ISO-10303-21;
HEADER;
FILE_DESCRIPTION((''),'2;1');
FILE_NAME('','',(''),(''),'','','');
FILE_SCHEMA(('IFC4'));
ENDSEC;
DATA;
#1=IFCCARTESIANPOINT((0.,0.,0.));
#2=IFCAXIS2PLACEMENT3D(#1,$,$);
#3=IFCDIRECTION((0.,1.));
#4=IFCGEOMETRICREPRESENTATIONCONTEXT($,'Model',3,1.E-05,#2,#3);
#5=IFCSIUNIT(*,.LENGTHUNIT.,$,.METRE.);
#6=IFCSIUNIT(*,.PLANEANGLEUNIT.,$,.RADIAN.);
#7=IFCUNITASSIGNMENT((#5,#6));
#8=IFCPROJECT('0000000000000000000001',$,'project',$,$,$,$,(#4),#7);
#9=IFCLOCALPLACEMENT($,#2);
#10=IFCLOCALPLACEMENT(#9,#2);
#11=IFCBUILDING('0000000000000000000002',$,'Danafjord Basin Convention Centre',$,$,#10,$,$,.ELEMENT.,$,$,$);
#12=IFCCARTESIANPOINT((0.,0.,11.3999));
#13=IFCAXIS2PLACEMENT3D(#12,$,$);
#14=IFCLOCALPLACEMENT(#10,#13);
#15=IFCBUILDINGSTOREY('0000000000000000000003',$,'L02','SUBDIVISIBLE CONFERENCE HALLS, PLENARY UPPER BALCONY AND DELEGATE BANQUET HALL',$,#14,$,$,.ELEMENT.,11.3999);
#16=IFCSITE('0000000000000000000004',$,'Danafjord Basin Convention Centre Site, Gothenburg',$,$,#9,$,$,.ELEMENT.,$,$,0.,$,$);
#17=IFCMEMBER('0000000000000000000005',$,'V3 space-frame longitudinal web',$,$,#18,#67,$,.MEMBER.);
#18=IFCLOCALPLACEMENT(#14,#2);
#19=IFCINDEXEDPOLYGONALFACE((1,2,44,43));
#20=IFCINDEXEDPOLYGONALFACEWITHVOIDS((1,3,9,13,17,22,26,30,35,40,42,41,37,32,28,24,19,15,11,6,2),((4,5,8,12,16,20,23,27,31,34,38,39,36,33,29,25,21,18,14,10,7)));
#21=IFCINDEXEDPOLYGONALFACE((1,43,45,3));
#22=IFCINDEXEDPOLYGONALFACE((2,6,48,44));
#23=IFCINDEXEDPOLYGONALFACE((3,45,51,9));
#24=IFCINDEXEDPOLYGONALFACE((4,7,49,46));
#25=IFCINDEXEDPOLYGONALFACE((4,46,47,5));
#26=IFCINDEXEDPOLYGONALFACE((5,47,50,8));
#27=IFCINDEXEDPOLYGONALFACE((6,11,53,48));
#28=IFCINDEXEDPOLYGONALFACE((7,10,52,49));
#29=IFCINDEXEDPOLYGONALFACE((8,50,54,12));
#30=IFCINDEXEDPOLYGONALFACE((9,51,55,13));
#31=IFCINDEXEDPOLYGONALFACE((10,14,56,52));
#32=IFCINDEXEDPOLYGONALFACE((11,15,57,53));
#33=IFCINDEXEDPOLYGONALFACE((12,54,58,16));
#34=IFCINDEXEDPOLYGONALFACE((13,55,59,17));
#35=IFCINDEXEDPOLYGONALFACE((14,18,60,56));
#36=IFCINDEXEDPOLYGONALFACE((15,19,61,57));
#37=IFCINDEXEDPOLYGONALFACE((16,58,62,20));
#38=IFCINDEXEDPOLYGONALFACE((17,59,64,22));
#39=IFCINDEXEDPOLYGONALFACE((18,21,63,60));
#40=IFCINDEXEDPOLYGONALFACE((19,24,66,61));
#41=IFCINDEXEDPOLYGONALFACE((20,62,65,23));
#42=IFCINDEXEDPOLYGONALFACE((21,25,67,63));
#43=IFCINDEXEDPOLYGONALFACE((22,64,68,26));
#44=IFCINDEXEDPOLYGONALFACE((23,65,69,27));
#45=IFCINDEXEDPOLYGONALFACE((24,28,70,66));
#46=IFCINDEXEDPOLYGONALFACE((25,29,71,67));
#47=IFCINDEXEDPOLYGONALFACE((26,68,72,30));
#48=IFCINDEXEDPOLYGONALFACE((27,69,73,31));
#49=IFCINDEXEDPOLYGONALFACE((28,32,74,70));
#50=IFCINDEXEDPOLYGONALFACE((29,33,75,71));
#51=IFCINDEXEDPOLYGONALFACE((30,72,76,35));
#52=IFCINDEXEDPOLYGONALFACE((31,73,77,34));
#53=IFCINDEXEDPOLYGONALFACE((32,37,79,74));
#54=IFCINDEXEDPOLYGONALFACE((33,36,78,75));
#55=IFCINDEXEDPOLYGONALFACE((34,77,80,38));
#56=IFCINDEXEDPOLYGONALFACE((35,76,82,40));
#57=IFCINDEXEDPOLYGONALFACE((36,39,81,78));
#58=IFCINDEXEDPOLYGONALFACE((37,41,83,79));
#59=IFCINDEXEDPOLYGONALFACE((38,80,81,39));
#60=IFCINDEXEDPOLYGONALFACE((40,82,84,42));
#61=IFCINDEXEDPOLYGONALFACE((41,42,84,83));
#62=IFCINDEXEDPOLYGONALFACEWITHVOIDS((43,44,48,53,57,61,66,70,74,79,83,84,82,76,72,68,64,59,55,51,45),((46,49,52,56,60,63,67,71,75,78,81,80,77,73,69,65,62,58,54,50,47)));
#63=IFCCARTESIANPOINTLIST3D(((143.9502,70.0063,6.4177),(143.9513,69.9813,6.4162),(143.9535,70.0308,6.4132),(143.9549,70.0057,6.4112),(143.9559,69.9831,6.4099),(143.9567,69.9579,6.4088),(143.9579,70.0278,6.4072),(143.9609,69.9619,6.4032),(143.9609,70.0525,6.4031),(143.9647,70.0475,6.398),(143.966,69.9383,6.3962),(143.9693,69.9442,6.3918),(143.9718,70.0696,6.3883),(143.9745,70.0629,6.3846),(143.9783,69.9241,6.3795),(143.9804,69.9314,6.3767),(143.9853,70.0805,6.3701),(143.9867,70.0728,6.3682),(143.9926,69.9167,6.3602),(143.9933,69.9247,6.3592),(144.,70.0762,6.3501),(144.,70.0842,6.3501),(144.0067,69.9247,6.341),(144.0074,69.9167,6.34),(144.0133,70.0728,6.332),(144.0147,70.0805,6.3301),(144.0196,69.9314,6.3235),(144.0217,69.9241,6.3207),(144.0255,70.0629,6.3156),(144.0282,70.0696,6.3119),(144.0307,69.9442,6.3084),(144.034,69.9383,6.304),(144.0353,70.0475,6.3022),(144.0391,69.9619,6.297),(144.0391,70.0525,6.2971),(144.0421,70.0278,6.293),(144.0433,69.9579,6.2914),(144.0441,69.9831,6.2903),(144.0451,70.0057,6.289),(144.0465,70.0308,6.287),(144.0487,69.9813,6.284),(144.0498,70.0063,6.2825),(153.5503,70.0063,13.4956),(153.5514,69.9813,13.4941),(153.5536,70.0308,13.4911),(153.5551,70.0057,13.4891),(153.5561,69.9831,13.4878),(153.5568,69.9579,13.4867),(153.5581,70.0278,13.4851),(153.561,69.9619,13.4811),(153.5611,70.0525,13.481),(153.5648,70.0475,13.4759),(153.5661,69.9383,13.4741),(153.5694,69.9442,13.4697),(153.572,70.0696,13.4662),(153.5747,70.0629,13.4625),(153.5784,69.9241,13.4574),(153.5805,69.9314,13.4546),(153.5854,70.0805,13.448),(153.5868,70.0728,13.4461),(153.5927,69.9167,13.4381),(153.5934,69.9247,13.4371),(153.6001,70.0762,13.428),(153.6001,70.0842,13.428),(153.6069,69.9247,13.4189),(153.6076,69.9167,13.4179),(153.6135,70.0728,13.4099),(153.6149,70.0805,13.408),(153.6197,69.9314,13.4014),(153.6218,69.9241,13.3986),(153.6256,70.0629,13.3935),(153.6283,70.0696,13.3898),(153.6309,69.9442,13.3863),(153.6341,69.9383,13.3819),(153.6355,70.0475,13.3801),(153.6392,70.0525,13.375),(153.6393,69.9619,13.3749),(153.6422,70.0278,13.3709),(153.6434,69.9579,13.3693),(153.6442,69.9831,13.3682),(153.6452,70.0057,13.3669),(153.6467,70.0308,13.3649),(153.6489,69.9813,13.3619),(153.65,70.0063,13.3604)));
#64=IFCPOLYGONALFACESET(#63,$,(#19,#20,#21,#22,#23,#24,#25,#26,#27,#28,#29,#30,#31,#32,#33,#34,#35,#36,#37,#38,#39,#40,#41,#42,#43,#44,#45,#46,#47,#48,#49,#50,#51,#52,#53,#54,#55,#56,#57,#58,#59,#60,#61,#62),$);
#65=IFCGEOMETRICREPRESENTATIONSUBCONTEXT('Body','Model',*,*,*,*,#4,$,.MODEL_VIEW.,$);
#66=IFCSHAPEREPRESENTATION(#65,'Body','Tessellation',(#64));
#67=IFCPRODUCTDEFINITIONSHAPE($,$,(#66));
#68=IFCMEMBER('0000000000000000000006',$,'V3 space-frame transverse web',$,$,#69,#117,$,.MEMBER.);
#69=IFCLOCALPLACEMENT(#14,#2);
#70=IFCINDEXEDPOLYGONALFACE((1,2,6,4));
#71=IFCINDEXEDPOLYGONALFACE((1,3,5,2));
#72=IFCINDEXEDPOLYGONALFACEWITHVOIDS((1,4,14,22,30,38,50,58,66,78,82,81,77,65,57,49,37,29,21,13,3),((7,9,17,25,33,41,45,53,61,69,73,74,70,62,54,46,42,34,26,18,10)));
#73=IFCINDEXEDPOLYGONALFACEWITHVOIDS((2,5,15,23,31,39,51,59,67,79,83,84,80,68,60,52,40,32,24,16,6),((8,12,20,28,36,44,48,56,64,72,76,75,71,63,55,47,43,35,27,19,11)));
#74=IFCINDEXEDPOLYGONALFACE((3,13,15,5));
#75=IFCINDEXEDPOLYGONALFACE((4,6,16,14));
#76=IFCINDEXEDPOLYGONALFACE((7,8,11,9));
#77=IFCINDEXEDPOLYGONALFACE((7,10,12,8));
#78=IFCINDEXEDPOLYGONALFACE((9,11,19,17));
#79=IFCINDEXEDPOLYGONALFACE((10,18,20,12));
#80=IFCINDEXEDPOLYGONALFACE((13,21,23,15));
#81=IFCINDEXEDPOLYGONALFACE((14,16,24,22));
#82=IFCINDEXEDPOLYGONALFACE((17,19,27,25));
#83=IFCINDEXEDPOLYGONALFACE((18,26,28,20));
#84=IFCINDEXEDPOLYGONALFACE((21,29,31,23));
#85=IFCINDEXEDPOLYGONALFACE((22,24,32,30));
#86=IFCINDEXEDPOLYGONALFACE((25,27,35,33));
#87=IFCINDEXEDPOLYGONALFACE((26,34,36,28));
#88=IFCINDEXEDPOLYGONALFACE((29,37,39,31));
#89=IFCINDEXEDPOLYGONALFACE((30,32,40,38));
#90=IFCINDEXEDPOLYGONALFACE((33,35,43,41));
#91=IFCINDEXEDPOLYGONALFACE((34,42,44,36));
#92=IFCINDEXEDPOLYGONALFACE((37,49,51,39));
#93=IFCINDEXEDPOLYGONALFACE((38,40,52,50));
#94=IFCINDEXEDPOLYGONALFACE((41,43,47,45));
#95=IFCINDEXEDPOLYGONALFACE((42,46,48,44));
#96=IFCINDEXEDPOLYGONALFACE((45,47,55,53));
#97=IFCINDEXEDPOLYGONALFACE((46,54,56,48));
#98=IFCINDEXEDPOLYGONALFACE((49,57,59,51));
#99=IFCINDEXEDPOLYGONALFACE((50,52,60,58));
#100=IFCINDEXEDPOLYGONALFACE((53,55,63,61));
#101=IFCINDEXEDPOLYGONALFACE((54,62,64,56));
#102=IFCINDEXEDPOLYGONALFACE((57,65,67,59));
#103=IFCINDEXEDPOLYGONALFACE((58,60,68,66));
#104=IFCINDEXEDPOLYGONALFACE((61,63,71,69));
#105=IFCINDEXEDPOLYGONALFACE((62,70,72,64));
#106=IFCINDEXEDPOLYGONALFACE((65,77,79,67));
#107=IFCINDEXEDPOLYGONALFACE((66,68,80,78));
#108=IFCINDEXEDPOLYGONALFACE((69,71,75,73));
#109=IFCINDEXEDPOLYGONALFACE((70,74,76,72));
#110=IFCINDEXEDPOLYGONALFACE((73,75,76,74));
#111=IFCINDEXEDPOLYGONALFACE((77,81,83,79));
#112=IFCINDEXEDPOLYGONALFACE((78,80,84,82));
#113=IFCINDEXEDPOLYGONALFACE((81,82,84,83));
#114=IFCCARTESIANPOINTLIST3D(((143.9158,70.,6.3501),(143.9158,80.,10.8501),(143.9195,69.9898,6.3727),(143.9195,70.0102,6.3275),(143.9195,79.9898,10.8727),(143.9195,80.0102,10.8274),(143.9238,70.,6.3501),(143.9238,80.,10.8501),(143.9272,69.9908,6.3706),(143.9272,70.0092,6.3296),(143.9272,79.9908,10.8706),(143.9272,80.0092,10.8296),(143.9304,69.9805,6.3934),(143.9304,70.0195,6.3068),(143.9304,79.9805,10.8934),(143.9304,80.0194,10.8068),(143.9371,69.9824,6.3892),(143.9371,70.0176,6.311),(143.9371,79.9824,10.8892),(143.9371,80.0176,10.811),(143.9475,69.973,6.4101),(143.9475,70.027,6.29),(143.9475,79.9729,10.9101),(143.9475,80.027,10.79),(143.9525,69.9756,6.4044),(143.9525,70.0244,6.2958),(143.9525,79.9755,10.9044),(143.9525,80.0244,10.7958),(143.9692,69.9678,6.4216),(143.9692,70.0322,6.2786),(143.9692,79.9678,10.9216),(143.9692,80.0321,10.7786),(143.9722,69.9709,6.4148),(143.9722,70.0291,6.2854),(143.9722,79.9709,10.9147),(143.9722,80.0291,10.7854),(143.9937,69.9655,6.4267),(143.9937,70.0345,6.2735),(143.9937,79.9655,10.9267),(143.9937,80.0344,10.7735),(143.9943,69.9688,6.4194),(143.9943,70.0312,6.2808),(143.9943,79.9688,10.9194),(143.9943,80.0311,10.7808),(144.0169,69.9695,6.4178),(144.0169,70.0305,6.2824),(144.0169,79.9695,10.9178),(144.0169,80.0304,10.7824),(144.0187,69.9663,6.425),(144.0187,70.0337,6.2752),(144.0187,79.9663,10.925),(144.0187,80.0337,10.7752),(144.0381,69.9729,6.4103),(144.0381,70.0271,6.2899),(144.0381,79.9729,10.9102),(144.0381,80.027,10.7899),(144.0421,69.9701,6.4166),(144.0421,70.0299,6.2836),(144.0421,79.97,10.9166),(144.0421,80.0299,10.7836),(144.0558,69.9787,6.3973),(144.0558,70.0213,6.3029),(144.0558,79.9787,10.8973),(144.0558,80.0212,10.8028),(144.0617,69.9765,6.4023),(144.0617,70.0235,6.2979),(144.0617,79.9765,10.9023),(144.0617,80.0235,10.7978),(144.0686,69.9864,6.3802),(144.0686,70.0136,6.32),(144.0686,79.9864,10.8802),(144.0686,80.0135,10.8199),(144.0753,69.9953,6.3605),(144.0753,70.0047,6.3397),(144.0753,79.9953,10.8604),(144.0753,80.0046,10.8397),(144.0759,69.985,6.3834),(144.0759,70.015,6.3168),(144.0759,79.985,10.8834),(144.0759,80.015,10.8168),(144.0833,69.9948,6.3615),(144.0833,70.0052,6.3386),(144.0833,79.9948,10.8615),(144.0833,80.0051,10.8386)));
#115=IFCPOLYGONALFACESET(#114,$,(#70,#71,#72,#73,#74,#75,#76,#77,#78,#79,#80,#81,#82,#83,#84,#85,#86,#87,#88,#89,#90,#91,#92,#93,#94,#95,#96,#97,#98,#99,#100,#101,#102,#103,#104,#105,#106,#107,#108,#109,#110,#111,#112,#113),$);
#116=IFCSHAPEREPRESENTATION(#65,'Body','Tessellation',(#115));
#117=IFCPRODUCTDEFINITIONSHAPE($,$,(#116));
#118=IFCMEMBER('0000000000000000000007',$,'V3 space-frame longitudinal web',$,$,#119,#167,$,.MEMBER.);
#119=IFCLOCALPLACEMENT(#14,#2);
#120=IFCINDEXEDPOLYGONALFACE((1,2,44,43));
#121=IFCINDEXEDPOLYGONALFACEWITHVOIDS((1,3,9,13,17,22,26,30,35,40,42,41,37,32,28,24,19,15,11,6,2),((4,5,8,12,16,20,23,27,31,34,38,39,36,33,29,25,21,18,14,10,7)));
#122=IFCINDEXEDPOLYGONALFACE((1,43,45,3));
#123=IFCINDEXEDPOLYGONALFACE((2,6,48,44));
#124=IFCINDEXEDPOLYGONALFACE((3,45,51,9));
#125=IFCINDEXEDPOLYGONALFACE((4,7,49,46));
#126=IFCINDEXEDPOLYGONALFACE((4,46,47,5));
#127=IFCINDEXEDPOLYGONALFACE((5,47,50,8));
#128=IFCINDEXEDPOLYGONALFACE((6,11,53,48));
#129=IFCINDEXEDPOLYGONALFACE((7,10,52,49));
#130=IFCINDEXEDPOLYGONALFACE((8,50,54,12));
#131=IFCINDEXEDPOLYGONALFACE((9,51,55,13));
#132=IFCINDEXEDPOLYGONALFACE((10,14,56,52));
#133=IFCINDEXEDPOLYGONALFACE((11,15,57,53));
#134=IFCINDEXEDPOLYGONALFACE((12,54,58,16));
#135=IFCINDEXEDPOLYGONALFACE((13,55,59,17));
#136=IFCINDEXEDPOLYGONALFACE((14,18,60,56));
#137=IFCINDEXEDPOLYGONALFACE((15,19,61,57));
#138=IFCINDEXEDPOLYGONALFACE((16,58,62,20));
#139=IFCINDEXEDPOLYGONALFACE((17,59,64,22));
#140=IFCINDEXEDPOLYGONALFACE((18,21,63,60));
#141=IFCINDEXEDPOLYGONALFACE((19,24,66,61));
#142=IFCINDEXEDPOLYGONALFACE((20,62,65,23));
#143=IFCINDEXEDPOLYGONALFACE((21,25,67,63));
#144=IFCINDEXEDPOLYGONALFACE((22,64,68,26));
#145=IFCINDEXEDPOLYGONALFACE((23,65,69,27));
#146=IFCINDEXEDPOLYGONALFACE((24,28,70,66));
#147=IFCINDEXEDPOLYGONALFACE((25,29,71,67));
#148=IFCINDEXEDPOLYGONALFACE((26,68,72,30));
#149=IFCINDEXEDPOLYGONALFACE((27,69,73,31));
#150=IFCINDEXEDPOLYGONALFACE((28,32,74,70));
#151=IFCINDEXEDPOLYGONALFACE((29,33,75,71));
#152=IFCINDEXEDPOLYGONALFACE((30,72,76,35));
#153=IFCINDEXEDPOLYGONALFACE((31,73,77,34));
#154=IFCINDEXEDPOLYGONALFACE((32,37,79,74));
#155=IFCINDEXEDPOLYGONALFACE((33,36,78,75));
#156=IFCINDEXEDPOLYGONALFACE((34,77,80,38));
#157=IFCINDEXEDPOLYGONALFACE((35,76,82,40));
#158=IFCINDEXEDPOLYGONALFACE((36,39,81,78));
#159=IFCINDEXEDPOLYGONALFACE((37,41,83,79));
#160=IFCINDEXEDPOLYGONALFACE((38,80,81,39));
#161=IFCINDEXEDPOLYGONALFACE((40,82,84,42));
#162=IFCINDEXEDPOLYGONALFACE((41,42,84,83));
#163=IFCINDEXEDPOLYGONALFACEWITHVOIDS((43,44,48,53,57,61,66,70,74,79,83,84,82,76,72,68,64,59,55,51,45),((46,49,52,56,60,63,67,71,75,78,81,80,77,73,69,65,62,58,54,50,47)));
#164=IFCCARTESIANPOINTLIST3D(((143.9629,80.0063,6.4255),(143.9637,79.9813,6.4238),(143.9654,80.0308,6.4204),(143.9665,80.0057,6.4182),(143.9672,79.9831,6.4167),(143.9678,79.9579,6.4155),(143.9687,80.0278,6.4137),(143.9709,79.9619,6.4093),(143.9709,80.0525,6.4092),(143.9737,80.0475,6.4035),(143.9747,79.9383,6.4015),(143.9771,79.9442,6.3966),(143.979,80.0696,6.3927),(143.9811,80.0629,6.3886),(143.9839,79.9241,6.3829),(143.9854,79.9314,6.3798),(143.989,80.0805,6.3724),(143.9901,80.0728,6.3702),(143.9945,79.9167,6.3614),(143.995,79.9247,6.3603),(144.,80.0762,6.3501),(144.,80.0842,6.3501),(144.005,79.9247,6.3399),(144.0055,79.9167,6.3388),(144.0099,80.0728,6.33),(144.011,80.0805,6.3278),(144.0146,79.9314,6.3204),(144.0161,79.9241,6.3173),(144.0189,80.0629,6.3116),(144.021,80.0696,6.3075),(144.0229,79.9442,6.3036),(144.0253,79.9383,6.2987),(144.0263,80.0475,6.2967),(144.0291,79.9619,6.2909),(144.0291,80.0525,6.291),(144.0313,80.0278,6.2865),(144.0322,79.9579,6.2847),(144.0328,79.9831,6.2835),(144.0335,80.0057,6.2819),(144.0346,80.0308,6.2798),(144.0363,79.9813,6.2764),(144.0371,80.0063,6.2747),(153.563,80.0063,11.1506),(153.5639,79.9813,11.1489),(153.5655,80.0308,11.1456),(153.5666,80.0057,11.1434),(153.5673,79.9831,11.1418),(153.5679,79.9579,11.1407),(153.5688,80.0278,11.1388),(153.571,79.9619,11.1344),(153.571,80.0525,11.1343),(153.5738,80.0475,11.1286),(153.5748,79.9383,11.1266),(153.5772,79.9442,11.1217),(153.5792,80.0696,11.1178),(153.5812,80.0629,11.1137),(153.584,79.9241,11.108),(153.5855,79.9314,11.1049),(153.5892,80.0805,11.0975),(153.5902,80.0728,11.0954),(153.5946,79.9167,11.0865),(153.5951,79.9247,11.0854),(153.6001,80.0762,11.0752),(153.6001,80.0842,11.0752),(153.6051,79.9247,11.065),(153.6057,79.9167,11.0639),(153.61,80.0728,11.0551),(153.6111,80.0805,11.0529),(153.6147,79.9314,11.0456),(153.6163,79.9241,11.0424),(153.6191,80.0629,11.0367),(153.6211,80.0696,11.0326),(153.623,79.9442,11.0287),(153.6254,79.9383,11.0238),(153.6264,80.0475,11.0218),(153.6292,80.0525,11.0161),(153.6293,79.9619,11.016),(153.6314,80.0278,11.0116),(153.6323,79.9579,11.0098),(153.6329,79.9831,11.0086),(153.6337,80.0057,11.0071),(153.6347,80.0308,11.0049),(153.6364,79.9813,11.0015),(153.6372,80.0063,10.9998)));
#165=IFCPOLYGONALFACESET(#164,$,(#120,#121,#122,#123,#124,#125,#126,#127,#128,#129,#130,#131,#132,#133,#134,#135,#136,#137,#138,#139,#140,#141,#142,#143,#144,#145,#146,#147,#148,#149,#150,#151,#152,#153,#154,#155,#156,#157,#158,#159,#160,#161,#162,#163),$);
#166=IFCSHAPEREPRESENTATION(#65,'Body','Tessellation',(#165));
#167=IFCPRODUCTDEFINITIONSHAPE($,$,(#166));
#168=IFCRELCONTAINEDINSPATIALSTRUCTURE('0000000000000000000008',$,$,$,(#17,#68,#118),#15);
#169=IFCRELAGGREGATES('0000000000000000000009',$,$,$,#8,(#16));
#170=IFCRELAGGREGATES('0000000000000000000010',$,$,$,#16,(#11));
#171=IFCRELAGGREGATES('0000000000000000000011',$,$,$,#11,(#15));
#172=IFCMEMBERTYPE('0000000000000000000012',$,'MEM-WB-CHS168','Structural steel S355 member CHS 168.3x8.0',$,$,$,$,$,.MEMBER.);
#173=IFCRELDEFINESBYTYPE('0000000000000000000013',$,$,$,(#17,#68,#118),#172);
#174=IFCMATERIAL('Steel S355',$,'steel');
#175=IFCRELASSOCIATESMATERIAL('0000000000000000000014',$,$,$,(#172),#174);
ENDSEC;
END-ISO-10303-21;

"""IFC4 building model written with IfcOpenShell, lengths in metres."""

from ifc_helpers import new_model, si_unit, direction, frame, origin, origin_2d, place, context, subcontext, project, spatial, hollow_circle, extrude, material, material_profile, profile_set, type_object, element, save


model = new_model("IFC4")

# Units and contexts
model_context = context("Model", 3, precision=1e-05, world=origin(), true_north=direction((0.0, 1.0)))
body_context = subcontext(model_context, "Body", "Model", "MODEL_VIEW")
ifc_project = project(units=[si_unit("LENGTHUNIT", "METRE"), si_unit("PLANEANGLEUNIT", "RADIAN")], contexts=[model_context])

# Site, building, storey
site_placement = place(None, origin())
site = spatial("IfcSite", under=ifc_project, at=site_placement, Name="Danafjord Basin Convention Centre Site, Gothenburg", CompositionType="ELEMENT", RefElevation=0.0)
building_placement = place(site_placement, origin())
building = spatial("IfcBuilding", under=site, at=building_placement, Name="Danafjord Basin Convention Centre", CompositionType="ELEMENT")
storey_placement = place(building_placement, frame((0.0, 0.0, 11.3999)))
storey = spatial("IfcBuildingStorey", under=building, at=storey_placement, Name="L02", Description="SUBDIVISIBLE CONFERENCE HALLS, PLENARY UPPER BALCONY AND DELEGATE BANQUET HALL", CompositionType="ELEMENT", Elevation=11.3999)

# Shared definitions
ifc_material = material(Name="Steel S355", Category="steel")

# Members
ifc_material_profile_1 = material_profile(ifc_material, hollow_circle(Radius=0.0842, WallThickness=0.0081, at=origin_2d()), Name="CHS 168.3x8.0")
ifc_profile_set_1 = profile_set([ifc_material_profile_1], Name="Steel S355")
member_type_1 = type_object("IfcMemberType", Name="MEM-WB-CHS168", Description="Structural steel S355 member CHS 168.3x8.0", PredefinedType="MEMBER", material=ifc_profile_set_1)
member_1_placement = place(storey_placement, frame((144.0, 70.0, 6.3501), z_axis=(0.804891, 0.0, 0.593423), x_axis=(0.0, 1.0, 0.0)))
element("IfcMember", 1, at=member_1_placement, inside=storey, type_object=member_type_1, Name="V3 space-frame longitudinal web", PredefinedType="MEMBER", context=body_context, shape_type="SweptSolid", body=[
    extrude(hollow_circle(Radius=0.0842, WallThickness=0.0081, at=origin_2d()), origin(), (0.0, 0.0, 1.0), 11.9272),
])
member_2_placement = place(storey_placement, frame((144.0, 70.0, 6.3501), z_axis=(0.0, 0.911922, 0.410365), x_axis=(-1.0, 0.0, 0.0)))
element("IfcMember", 2, at=member_2_placement, inside=storey, type_object=member_type_1, Name="V3 space-frame transverse web", PredefinedType="MEMBER", context=body_context, shape_type="SweptSolid", body=[
    extrude(hollow_circle(Radius=0.0842, WallThickness=0.0081, at=origin_2d()), origin(), (0.0, 0.0, 1.0), 10.9658),
])
member_3_placement = place(storey_placement, frame((144.0, 80.0, 6.3501), z_axis=(0.897212, 0.0, 0.441601), x_axis=(0.0, 1.0, 0.0)))
element("IfcMember", 3, at=member_3_placement, inside=storey, type_object=member_type_1, Name="V3 space-frame longitudinal web", PredefinedType="MEMBER", context=body_context, shape_type="SweptSolid", body=[
    extrude(hollow_circle(Radius=0.0842, WallThickness=0.0081, at=origin_2d()), origin(), (0.0, 0.0, 1.0), 10.7),
])

save(model, "model.ifc")
